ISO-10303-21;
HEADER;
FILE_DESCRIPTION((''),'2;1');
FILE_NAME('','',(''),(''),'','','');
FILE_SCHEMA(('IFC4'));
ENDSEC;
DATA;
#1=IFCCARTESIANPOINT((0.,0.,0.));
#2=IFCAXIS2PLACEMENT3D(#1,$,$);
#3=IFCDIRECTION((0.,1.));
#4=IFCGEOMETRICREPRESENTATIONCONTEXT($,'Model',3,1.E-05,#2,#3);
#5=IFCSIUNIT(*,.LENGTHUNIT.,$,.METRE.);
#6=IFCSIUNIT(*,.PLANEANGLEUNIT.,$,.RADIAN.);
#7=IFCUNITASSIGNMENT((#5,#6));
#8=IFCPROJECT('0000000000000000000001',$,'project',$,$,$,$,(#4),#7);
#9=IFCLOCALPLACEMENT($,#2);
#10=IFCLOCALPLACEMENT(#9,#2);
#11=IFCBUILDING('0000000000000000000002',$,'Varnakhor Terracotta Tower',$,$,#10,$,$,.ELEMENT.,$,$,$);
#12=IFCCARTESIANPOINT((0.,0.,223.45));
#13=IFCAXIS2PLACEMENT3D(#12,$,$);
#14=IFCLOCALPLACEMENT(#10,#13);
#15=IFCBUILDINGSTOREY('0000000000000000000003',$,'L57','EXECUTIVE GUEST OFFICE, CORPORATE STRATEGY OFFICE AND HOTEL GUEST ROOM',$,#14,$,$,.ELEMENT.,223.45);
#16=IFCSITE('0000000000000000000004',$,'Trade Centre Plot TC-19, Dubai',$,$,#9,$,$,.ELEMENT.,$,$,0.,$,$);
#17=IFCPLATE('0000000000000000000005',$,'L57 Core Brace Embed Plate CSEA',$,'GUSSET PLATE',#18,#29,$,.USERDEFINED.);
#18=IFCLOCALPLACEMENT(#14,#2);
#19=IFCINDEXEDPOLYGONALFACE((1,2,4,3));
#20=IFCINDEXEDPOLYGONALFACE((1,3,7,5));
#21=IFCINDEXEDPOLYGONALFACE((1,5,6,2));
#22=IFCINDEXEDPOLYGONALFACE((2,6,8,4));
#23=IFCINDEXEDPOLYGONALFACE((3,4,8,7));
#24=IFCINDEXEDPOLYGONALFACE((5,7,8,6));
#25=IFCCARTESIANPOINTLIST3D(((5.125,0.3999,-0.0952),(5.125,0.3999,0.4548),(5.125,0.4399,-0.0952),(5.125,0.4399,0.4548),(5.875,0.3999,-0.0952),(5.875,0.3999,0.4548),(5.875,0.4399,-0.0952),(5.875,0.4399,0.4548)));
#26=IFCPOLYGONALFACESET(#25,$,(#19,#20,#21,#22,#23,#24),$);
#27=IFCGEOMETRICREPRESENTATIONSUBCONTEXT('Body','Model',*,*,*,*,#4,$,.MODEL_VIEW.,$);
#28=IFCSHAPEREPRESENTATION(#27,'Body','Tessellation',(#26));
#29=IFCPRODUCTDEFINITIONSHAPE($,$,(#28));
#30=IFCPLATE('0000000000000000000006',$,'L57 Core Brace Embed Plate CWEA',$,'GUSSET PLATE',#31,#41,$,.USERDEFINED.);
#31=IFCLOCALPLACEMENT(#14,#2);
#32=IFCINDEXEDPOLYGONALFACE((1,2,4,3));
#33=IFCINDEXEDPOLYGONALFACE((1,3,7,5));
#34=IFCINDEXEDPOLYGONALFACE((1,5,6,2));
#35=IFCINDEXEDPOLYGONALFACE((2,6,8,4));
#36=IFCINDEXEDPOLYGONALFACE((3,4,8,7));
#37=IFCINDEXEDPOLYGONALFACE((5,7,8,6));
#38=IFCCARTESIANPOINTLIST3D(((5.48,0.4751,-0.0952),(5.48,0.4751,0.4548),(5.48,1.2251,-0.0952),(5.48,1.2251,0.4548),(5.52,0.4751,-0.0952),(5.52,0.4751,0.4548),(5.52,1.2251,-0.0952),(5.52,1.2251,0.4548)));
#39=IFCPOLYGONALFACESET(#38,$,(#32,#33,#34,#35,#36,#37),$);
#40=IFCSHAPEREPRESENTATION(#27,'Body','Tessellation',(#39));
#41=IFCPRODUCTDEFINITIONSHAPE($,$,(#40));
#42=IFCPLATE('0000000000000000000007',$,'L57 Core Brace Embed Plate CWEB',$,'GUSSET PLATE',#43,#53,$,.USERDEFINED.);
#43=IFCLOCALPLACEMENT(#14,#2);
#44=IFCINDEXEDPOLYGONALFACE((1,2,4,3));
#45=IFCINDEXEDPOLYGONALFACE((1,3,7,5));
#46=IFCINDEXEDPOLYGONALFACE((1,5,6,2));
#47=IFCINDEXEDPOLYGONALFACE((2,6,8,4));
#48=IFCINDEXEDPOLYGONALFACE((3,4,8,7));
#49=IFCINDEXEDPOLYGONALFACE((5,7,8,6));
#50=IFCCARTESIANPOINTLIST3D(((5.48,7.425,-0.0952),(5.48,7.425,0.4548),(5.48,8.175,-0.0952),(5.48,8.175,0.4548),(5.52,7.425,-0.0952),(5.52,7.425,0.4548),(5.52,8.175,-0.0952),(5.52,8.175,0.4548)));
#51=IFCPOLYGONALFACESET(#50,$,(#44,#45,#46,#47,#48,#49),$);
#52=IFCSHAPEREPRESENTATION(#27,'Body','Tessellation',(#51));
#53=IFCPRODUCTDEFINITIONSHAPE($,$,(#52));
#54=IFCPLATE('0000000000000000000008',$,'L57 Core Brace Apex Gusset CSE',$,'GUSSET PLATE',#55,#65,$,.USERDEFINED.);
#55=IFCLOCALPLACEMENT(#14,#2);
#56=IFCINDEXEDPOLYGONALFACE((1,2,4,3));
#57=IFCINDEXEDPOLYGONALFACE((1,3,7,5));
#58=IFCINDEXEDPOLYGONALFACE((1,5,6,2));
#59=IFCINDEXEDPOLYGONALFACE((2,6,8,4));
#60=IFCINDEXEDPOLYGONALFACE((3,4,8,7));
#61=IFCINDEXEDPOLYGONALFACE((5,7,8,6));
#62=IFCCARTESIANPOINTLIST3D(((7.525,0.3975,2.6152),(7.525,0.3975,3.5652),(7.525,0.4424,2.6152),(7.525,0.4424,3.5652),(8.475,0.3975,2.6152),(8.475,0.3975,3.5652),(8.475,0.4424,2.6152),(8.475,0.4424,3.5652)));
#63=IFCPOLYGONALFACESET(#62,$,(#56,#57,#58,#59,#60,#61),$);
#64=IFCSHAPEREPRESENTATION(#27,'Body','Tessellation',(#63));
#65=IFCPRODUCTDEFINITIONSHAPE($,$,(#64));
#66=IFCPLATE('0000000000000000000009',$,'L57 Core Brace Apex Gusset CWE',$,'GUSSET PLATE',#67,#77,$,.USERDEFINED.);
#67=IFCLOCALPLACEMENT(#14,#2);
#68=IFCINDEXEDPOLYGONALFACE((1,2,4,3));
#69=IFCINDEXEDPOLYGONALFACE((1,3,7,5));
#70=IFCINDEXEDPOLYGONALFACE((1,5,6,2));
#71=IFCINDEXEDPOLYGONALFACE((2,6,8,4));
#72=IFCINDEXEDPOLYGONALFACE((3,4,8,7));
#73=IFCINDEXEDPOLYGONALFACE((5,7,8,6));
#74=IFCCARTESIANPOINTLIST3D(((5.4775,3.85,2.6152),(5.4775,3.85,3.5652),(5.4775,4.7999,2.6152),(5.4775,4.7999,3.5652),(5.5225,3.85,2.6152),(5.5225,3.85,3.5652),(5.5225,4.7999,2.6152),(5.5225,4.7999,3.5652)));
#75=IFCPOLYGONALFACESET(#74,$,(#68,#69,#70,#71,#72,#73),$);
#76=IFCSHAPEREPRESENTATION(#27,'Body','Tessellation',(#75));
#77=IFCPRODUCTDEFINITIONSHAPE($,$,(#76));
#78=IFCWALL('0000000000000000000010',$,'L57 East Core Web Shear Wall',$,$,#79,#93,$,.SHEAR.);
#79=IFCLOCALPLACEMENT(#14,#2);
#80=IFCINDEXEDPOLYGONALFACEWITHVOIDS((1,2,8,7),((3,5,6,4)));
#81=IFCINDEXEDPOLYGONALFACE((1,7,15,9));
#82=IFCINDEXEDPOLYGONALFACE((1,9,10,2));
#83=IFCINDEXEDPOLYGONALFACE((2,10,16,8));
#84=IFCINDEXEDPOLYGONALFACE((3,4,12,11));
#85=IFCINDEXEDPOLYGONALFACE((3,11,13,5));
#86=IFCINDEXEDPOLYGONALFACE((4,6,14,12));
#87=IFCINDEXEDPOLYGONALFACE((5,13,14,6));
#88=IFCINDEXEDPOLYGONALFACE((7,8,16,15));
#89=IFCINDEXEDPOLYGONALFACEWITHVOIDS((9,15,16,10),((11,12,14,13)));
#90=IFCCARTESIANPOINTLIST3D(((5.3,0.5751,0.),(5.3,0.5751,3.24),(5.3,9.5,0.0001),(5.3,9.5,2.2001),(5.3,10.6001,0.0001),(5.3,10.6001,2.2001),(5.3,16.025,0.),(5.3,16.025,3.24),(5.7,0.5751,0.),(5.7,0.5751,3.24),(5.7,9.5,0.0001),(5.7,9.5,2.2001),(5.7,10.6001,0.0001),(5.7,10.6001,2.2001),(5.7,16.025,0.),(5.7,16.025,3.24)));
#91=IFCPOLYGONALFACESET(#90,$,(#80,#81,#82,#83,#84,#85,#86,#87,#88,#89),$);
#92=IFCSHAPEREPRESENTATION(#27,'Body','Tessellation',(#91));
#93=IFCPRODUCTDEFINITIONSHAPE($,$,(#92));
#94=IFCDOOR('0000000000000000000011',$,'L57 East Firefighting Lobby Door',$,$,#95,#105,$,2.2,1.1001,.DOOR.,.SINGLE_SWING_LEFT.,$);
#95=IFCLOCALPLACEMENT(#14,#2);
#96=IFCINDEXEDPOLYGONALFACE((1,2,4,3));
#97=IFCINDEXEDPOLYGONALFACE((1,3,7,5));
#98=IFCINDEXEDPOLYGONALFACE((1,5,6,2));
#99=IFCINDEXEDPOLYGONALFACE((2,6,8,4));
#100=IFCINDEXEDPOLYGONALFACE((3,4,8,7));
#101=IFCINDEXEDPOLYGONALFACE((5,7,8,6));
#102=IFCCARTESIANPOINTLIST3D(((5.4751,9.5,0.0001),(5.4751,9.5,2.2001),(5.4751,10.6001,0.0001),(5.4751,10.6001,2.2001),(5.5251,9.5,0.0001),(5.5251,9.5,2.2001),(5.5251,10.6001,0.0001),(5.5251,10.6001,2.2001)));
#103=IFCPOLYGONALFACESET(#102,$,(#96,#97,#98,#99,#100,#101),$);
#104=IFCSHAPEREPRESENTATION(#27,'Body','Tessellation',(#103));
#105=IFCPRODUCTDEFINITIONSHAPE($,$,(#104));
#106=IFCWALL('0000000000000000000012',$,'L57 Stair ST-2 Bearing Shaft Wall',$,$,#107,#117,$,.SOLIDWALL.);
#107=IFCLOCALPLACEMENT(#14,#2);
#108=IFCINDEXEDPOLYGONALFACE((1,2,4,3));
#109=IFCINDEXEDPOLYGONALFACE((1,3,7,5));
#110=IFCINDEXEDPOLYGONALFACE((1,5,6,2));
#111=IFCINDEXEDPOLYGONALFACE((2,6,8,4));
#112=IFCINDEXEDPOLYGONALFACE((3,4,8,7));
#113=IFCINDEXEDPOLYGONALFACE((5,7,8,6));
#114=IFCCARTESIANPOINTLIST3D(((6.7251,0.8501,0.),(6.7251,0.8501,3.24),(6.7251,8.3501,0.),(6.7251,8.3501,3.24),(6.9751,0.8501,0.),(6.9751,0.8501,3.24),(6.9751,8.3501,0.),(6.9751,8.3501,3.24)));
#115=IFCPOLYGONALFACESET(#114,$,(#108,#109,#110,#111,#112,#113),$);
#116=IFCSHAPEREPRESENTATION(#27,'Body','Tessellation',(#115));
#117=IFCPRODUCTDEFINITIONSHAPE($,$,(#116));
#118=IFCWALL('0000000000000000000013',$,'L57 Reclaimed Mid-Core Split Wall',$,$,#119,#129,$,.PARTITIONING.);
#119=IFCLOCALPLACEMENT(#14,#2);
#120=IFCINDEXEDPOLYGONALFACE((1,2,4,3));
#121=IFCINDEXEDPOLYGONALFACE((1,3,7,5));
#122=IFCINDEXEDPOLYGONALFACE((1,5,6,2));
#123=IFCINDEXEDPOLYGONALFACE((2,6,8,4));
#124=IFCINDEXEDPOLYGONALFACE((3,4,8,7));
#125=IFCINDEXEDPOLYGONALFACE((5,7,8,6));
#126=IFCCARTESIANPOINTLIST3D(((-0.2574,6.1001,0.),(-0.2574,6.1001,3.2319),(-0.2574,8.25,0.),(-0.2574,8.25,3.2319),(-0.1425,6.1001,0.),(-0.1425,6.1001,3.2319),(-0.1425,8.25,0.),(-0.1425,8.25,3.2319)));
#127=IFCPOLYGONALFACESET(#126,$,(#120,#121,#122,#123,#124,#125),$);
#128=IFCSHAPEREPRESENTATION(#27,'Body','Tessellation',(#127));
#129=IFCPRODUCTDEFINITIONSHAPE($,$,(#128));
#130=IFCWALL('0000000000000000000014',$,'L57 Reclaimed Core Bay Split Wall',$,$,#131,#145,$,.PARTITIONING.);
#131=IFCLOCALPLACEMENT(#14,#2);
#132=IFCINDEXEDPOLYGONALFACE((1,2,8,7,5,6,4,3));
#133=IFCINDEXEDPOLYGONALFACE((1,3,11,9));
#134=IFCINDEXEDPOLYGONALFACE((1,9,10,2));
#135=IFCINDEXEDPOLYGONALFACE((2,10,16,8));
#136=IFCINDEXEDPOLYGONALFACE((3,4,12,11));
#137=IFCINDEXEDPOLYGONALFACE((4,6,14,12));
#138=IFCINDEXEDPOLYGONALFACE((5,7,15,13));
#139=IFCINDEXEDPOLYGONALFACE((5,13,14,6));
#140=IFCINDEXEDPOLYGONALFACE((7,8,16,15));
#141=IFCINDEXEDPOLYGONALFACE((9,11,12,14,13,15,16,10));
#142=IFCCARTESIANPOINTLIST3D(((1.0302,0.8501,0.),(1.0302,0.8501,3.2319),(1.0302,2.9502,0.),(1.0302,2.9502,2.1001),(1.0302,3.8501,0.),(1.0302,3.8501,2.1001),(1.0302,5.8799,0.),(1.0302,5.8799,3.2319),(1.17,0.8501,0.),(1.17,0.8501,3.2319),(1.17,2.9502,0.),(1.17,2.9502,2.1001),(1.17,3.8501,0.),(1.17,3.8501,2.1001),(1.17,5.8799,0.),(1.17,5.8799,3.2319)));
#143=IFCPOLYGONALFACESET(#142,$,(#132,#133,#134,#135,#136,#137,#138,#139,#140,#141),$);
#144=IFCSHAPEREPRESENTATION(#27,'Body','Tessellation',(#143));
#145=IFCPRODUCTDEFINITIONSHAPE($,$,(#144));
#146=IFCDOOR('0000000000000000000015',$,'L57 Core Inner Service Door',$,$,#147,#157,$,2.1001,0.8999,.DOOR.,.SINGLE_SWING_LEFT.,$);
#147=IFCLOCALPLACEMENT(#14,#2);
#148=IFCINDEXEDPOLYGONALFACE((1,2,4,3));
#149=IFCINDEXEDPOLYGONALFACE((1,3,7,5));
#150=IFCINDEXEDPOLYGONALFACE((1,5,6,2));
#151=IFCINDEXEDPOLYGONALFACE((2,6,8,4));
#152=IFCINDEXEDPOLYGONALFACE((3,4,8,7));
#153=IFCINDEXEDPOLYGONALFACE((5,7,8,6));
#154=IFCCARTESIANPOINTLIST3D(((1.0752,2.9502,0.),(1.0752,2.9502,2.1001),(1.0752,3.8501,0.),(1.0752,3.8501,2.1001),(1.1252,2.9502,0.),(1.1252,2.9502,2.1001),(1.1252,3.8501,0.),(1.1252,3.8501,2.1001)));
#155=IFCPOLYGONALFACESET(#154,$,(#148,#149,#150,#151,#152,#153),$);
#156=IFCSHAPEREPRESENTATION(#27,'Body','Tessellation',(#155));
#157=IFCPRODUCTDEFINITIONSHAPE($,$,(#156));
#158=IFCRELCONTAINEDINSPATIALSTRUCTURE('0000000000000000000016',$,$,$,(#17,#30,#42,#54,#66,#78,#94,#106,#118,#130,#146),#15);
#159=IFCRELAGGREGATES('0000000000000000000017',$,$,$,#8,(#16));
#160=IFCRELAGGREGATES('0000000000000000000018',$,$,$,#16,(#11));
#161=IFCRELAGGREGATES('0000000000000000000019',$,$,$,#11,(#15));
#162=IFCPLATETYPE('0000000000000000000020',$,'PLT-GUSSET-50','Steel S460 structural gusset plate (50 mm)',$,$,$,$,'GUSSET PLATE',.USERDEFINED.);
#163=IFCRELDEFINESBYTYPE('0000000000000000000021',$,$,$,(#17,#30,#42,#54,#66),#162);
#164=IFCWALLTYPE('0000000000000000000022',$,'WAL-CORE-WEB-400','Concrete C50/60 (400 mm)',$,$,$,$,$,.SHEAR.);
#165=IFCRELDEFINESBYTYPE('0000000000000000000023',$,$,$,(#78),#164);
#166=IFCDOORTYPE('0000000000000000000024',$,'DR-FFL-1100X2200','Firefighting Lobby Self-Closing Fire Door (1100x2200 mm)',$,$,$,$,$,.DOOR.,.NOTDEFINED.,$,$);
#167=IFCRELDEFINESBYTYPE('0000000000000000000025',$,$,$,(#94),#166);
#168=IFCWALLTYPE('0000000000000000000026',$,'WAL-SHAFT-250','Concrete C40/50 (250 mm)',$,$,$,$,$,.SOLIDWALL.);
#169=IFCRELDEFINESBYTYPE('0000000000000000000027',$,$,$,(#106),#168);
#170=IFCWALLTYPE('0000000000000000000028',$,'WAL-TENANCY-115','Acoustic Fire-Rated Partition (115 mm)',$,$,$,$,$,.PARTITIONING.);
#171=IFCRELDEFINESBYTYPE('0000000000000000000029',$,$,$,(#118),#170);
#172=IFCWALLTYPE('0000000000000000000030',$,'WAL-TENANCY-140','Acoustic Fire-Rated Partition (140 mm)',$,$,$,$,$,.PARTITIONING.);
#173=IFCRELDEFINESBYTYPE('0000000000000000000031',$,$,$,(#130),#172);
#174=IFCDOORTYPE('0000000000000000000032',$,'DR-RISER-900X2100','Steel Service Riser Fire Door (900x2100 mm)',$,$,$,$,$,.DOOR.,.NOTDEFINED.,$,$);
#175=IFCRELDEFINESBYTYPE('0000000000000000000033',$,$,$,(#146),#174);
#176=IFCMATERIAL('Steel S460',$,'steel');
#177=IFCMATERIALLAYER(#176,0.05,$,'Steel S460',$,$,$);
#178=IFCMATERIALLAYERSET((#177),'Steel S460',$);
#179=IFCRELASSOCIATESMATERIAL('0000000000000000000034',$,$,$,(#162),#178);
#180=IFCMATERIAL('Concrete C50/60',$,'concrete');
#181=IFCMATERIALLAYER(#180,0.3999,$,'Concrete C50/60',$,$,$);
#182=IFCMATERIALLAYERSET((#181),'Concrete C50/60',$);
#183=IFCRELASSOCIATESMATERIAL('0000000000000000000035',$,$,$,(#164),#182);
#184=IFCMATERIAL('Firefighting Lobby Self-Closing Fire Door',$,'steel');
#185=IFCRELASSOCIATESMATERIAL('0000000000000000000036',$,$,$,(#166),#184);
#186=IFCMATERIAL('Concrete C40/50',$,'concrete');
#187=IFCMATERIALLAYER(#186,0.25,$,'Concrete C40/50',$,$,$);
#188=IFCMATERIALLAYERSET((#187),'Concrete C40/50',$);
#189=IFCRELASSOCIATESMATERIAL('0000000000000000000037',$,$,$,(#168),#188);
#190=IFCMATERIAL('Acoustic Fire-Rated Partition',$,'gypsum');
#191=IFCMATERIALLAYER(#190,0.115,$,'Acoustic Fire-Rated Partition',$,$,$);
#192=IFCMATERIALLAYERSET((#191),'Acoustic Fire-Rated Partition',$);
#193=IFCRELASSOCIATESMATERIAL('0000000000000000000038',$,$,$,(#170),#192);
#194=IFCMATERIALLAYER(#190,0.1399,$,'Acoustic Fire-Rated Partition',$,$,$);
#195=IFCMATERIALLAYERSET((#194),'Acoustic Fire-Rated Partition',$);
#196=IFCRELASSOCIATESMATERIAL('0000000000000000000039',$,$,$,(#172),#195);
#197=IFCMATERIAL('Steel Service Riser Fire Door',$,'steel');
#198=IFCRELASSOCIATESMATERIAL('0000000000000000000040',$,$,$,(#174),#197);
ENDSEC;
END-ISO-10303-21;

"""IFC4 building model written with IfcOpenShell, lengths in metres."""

from ifc_helpers import new_model, si_unit, direction, frame, frame_2d, origin, origin_2d, place, context, subcontext, project, spatial, rectangle, extrude, source, transform, mapped, material, layer, layer_set, type_object, type_shapes, element, fill, save


model = new_model("IFC4")

# Units and contexts
model_context = context("Model", 3, precision=1e-05, world=origin(), true_north=direction((0.0, 1.0)))
body_context = subcontext(model_context, "Body", "Model", "MODEL_VIEW")
ifc_project = project(units=[si_unit("LENGTHUNIT", "METRE"), si_unit("PLANEANGLEUNIT", "RADIAN")], contexts=[model_context])

# Site, building, storey
site_placement = place(None, origin())
site = spatial("IfcSite", under=ifc_project, at=site_placement, Name="Trade Centre Plot TC-19, Dubai", CompositionType="ELEMENT", RefElevation=0.0)
building_placement = place(site_placement, origin())
building = spatial("IfcBuilding", under=site, at=building_placement, Name="Varnakhor Terracotta Tower", CompositionType="ELEMENT")
storey_placement = place(building_placement, frame((0.0, 0.0, 223.45)))
storey = spatial("IfcBuildingStorey", under=building, at=storey_placement, Name="L57", Description="EXECUTIVE GUEST OFFICE, CORPORATE STRATEGY OFFICE AND HOTEL GUEST ROOM", CompositionType="ELEMENT", Elevation=223.45)

# Shared definitions
ifc_material_1 = material(Name="Concrete C50/60", Category="concrete")

# Shared definitions
ifc_material_2 = material(Name="Concrete C40/50", Category="concrete")

# Plates
ifc_material_3 = material(Name="Steel S460", Category="steel")
ifc_layer_1 = layer(ifc_material_3, 0.05, Name="Steel S460")
ifc_layer_set_1 = layer_set([ifc_layer_1], Name="Steel S460")
plate_type = type_object("IfcPlateType", Name="PLT-GUSSET-50", Description="Steel S460 structural gusset plate (50 mm)", ElementType="GUSSET PLATE", PredefinedType="USERDEFINED", material=ifc_layer_set_1)
shared_shape_1 = source(origin(), body_context, "Body", "SweptSolid", [
    extrude(rectangle(XDim=0.75, YDim=0.04, at=origin_2d()), origin(), (0.0, 0.0, 1.0), 0.55),
])
type_shapes(plate_type, [shared_shape_1])
for number, where, z_axis, x_axis, name in (
    (1, (5.5, 0.4199, -0.0952), (0.0, 0.0, 1.0), (1.0, 0.0, 0.0), "L57 Core Brace Embed Plate CSEA"),
    (2, (5.5, 0.8501, -0.0952), (0.0, 0.0, 1.0), (0.0, 1.0, 0.0), "L57 Core Brace Embed Plate CWEA"),
    (3, (5.5, 7.8, -0.0952), (0.0, 0.0, 1.0), (0.0, 1.0, 0.0), "L57 Core Brace Embed Plate CWEB"),
):
    element("IfcPlate", number, at=place(storey_placement, frame(where, z_axis=z_axis, x_axis=x_axis)), inside=storey, type_object=plate_type, Name=name, ObjectType="GUSSET PLATE", PredefinedType="USERDEFINED", context=body_context, shape_type="MappedRepresentation", body=[
        mapped(shared_shape_1, transform((0.0, 0.0, 0.0), scale=1.0)),
    ])
shared_shape_2 = source(origin(), body_context, "Body", "SweptSolid", [
    extrude(rectangle(XDim=0.95, YDim=0.0449, at=origin_2d()), origin(), (0.0, 0.0, 1.0), 0.95),
])
for number, where, z_axis, x_axis, name in (
    (4, (8.0, 0.4199, 2.6152), (0.0, 0.0, 1.0), (1.0, 0.0, 0.0), "L57 Core Brace Apex Gusset CSE"),
    (5, (5.5, 4.325, 2.6152), (0.0, 0.0, 1.0), (0.0, 1.0, 0.0), "L57 Core Brace Apex Gusset CWE"),
):
    element("IfcPlate", number, at=place(storey_placement, frame(where, z_axis=z_axis, x_axis=x_axis)), inside=storey, type_object=plate_type, Name=name, ObjectType="GUSSET PLATE", PredefinedType="USERDEFINED", context=body_context, shape_type="MappedRepresentation", body=[
        mapped(shared_shape_2, transform((0.0, 0.0, 0.0), scale=1.0)),
    ])

# Wall, opening, door
ifc_layer_2 = layer(ifc_material_1, 0.3999, Name="Concrete C50/60")
ifc_layer_set_2 = layer_set([ifc_layer_2], Name="Concrete C50/60")
wall_type_1 = type_object("IfcWallType", Name="WAL-CORE-WEB-400", Description="Concrete C50/60 (400 mm)", PredefinedType="SHEAR", material=ifc_layer_set_2)
wall_1_placement = place(storey_placement, frame((5.5, 0.575, 0.0), z_axis=(0.0, 0.0, 1.0), x_axis=(0.0, 1.0, 0.0)))
wall_1 = element("IfcWall", 6, at=wall_1_placement, inside=storey, type_object=wall_type_1, Name="L57 East Core Web Shear Wall", PredefinedType="SHEAR", context=body_context, shape_type="SweptSolid", body=[
    extrude(rectangle(XDim=15.45, YDim=0.3999, at=frame_2d((7.7251, 0.0))), origin(), (0.0, 0.0, 1.0), 3.24),
])
opening_1_placement = place(wall_1_placement, frame((8.925, 0.0, 0.0)))
opening_1 = element("IfcOpeningElement", 7, at=opening_1_placement, cuts=wall_1, PredefinedType="OPENING", context=body_context, shape_type="SweptSolid", body=[
    extrude(rectangle(XDim=1.1001, YDim=2.2, at=frame_2d((0.55, 1.1001))), frame((0.0, 0.21, 0.0), z_axis=(0.0, -1.0, 0.0), x_axis=(1.0, 0.0, 0.0)), (0.0, 0.0, 1.0), 0.4199),
])
ifc_material_4 = material(Name="Firefighting Lobby Self-Closing Fire Door", Category="steel")
door_type_1 = type_object("IfcDoorType", Name="DR-FFL-1100X2200", Description="Firefighting Lobby Self-Closing Fire Door (1100x2200 mm)", OperationType="NOTDEFINED", PredefinedType="DOOR", material=ifc_material_4)
shared_shape_3 = source(origin(), body_context, "Body", "SweptSolid", [
    extrude(rectangle(XDim=1.1001, YDim=2.2, at=frame_2d((0.55, 1.1001))), frame((0.0, 0.0249, 0.0), z_axis=(0.0, -1.0, 0.0), x_axis=(1.0, 0.0, 0.0)), (0.0, 0.0, 1.0), 0.05),
])
type_shapes(door_type_1, [shared_shape_3])
door_1_placement = place(opening_1_placement, origin())
door_1 = element("IfcDoor", 8, at=door_1_placement, inside=storey, type_object=door_type_1, Name="L57 East Firefighting Lobby Door", OperationType="SINGLE_SWING_LEFT", OverallHeight=2.2, OverallWidth=1.1001, PredefinedType="DOOR", context=body_context, shape_type="MappedRepresentation", body=[
    mapped(shared_shape_3, transform((0.0, 0.0, 0.0), scale=1.0)),
])
fill(opening_1, door_1)

# Walls
ifc_layer_3 = layer(ifc_material_2, 0.25, Name="Concrete C40/50")
ifc_layer_set_3 = layer_set([ifc_layer_3], Name="Concrete C40/50")
wall_type_2 = type_object("IfcWallType", Name="WAL-SHAFT-250", Description="Concrete C40/50 (250 mm)", PredefinedType="SOLIDWALL", material=ifc_layer_set_3)
wall_2_placement = place(storey_placement, frame((6.8501, 0.8501, 0.0), z_axis=(0.0, 0.0, 1.0), x_axis=(0.0, 1.0, 0.0)))
element("IfcWall", 9, at=wall_2_placement, inside=storey, type_object=wall_type_2, Name="L57 Stair ST-2 Bearing Shaft Wall", PredefinedType="SOLIDWALL", context=body_context, shape_type="SweptSolid", body=[
    extrude(rectangle(XDim=7.5, YDim=0.25, at=frame_2d((3.75, 0.0))), origin(), (0.0, 0.0, 1.0), 3.24),
])
ifc_material_5 = material(Name="Acoustic Fire-Rated Partition", Category="gypsum")
ifc_layer_4 = layer(ifc_material_5, 0.115, Name="Acoustic Fire-Rated Partition")
ifc_layer_set_4 = layer_set([ifc_layer_4], Name="Acoustic Fire-Rated Partition")
wall_type_3 = type_object("IfcWallType", Name="WAL-TENANCY-115", Description="Acoustic Fire-Rated Partition (115 mm)", PredefinedType="PARTITIONING", material=ifc_layer_set_4)
wall_3_placement = place(storey_placement, frame((-0.2, 6.1001, 0.0), z_axis=(0.0, 0.0, 1.0), x_axis=(0.0, 1.0, 0.0)))
element("IfcWall", 10, at=wall_3_placement, inside=storey, type_object=wall_type_3, Name="L57 Reclaimed Mid-Core Split Wall", PredefinedType="PARTITIONING", context=body_context, shape_type="SweptSolid", body=[
    extrude(rectangle(XDim=2.1499, YDim=0.115, at=frame_2d((1.075, 0.0))), origin(), (0.0, 0.0, 1.0), 3.2319),
])

# Wall, opening, door
ifc_layer_5 = layer(ifc_material_5, 0.1399, Name="Acoustic Fire-Rated Partition")
ifc_layer_set_5 = layer_set([ifc_layer_5], Name="Acoustic Fire-Rated Partition")
wall_type_4 = type_object("IfcWallType", Name="WAL-TENANCY-140", Description="Acoustic Fire-Rated Partition (140 mm)", PredefinedType="PARTITIONING", material=ifc_layer_set_5)
wall_4_placement = place(storey_placement, frame((1.1001, 0.8501, 0.0), z_axis=(0.0, 0.0, 1.0), x_axis=(0.0, 1.0, 0.0)))
wall_4 = element("IfcWall", 11, at=wall_4_placement, inside=storey, type_object=wall_type_4, Name="L57 Reclaimed Core Bay Split Wall", PredefinedType="PARTITIONING", context=body_context, shape_type="SweptSolid", body=[
    extrude(rectangle(XDim=5.0298, YDim=0.1399, at=frame_2d((2.5149, 0.0))), origin(), (0.0, 0.0, 1.0), 3.2319),
])
opening_2_placement = place(wall_4_placement, frame((2.1001, 0.0, 0.0)))
opening_2 = element("IfcOpeningElement", 12, at=opening_2_placement, cuts=wall_4, PredefinedType="OPENING", context=body_context, shape_type="SweptSolid", body=[
    extrude(rectangle(XDim=0.8999, YDim=2.1001, at=frame_2d((0.45, 1.05))), frame((0.0, 0.0801, 0.0), z_axis=(0.0, -1.0, 0.0), x_axis=(1.0, 0.0, 0.0)), (0.0, 0.0, 1.0), 0.1599),
])
ifc_material_6 = material(Name="Steel Service Riser Fire Door", Category="steel")
door_type_2 = type_object("IfcDoorType", Name="DR-RISER-900X2100", Description="Steel Service Riser Fire Door (900x2100 mm)", OperationType="NOTDEFINED", PredefinedType="DOOR", material=ifc_material_6)
shared_shape_4 = source(origin(), body_context, "Body", "SweptSolid", [
    extrude(rectangle(XDim=0.8999, YDim=2.1001, at=frame_2d((0.45, 1.05))), frame((0.0, 0.0249, 0.0), z_axis=(0.0, -1.0, 0.0), x_axis=(1.0, 0.0, 0.0)), (0.0, 0.0, 1.0), 0.05),
])
type_shapes(door_type_2, [shared_shape_4])
door_2_placement = place(opening_2_placement, origin())
door_2 = element("IfcDoor", 13, at=door_2_placement, inside=storey, type_object=door_type_2, Name="L57 Core Inner Service Door", OperationType="SINGLE_SWING_LEFT", OverallHeight=2.1001, OverallWidth=0.8999, PredefinedType="DOOR", context=body_context, shape_type="MappedRepresentation", body=[
    mapped(shared_shape_4, transform((0.0, 0.0, 0.0), scale=1.0)),
])
fill(opening_2, door_2)

save(model, "model.ifc")
